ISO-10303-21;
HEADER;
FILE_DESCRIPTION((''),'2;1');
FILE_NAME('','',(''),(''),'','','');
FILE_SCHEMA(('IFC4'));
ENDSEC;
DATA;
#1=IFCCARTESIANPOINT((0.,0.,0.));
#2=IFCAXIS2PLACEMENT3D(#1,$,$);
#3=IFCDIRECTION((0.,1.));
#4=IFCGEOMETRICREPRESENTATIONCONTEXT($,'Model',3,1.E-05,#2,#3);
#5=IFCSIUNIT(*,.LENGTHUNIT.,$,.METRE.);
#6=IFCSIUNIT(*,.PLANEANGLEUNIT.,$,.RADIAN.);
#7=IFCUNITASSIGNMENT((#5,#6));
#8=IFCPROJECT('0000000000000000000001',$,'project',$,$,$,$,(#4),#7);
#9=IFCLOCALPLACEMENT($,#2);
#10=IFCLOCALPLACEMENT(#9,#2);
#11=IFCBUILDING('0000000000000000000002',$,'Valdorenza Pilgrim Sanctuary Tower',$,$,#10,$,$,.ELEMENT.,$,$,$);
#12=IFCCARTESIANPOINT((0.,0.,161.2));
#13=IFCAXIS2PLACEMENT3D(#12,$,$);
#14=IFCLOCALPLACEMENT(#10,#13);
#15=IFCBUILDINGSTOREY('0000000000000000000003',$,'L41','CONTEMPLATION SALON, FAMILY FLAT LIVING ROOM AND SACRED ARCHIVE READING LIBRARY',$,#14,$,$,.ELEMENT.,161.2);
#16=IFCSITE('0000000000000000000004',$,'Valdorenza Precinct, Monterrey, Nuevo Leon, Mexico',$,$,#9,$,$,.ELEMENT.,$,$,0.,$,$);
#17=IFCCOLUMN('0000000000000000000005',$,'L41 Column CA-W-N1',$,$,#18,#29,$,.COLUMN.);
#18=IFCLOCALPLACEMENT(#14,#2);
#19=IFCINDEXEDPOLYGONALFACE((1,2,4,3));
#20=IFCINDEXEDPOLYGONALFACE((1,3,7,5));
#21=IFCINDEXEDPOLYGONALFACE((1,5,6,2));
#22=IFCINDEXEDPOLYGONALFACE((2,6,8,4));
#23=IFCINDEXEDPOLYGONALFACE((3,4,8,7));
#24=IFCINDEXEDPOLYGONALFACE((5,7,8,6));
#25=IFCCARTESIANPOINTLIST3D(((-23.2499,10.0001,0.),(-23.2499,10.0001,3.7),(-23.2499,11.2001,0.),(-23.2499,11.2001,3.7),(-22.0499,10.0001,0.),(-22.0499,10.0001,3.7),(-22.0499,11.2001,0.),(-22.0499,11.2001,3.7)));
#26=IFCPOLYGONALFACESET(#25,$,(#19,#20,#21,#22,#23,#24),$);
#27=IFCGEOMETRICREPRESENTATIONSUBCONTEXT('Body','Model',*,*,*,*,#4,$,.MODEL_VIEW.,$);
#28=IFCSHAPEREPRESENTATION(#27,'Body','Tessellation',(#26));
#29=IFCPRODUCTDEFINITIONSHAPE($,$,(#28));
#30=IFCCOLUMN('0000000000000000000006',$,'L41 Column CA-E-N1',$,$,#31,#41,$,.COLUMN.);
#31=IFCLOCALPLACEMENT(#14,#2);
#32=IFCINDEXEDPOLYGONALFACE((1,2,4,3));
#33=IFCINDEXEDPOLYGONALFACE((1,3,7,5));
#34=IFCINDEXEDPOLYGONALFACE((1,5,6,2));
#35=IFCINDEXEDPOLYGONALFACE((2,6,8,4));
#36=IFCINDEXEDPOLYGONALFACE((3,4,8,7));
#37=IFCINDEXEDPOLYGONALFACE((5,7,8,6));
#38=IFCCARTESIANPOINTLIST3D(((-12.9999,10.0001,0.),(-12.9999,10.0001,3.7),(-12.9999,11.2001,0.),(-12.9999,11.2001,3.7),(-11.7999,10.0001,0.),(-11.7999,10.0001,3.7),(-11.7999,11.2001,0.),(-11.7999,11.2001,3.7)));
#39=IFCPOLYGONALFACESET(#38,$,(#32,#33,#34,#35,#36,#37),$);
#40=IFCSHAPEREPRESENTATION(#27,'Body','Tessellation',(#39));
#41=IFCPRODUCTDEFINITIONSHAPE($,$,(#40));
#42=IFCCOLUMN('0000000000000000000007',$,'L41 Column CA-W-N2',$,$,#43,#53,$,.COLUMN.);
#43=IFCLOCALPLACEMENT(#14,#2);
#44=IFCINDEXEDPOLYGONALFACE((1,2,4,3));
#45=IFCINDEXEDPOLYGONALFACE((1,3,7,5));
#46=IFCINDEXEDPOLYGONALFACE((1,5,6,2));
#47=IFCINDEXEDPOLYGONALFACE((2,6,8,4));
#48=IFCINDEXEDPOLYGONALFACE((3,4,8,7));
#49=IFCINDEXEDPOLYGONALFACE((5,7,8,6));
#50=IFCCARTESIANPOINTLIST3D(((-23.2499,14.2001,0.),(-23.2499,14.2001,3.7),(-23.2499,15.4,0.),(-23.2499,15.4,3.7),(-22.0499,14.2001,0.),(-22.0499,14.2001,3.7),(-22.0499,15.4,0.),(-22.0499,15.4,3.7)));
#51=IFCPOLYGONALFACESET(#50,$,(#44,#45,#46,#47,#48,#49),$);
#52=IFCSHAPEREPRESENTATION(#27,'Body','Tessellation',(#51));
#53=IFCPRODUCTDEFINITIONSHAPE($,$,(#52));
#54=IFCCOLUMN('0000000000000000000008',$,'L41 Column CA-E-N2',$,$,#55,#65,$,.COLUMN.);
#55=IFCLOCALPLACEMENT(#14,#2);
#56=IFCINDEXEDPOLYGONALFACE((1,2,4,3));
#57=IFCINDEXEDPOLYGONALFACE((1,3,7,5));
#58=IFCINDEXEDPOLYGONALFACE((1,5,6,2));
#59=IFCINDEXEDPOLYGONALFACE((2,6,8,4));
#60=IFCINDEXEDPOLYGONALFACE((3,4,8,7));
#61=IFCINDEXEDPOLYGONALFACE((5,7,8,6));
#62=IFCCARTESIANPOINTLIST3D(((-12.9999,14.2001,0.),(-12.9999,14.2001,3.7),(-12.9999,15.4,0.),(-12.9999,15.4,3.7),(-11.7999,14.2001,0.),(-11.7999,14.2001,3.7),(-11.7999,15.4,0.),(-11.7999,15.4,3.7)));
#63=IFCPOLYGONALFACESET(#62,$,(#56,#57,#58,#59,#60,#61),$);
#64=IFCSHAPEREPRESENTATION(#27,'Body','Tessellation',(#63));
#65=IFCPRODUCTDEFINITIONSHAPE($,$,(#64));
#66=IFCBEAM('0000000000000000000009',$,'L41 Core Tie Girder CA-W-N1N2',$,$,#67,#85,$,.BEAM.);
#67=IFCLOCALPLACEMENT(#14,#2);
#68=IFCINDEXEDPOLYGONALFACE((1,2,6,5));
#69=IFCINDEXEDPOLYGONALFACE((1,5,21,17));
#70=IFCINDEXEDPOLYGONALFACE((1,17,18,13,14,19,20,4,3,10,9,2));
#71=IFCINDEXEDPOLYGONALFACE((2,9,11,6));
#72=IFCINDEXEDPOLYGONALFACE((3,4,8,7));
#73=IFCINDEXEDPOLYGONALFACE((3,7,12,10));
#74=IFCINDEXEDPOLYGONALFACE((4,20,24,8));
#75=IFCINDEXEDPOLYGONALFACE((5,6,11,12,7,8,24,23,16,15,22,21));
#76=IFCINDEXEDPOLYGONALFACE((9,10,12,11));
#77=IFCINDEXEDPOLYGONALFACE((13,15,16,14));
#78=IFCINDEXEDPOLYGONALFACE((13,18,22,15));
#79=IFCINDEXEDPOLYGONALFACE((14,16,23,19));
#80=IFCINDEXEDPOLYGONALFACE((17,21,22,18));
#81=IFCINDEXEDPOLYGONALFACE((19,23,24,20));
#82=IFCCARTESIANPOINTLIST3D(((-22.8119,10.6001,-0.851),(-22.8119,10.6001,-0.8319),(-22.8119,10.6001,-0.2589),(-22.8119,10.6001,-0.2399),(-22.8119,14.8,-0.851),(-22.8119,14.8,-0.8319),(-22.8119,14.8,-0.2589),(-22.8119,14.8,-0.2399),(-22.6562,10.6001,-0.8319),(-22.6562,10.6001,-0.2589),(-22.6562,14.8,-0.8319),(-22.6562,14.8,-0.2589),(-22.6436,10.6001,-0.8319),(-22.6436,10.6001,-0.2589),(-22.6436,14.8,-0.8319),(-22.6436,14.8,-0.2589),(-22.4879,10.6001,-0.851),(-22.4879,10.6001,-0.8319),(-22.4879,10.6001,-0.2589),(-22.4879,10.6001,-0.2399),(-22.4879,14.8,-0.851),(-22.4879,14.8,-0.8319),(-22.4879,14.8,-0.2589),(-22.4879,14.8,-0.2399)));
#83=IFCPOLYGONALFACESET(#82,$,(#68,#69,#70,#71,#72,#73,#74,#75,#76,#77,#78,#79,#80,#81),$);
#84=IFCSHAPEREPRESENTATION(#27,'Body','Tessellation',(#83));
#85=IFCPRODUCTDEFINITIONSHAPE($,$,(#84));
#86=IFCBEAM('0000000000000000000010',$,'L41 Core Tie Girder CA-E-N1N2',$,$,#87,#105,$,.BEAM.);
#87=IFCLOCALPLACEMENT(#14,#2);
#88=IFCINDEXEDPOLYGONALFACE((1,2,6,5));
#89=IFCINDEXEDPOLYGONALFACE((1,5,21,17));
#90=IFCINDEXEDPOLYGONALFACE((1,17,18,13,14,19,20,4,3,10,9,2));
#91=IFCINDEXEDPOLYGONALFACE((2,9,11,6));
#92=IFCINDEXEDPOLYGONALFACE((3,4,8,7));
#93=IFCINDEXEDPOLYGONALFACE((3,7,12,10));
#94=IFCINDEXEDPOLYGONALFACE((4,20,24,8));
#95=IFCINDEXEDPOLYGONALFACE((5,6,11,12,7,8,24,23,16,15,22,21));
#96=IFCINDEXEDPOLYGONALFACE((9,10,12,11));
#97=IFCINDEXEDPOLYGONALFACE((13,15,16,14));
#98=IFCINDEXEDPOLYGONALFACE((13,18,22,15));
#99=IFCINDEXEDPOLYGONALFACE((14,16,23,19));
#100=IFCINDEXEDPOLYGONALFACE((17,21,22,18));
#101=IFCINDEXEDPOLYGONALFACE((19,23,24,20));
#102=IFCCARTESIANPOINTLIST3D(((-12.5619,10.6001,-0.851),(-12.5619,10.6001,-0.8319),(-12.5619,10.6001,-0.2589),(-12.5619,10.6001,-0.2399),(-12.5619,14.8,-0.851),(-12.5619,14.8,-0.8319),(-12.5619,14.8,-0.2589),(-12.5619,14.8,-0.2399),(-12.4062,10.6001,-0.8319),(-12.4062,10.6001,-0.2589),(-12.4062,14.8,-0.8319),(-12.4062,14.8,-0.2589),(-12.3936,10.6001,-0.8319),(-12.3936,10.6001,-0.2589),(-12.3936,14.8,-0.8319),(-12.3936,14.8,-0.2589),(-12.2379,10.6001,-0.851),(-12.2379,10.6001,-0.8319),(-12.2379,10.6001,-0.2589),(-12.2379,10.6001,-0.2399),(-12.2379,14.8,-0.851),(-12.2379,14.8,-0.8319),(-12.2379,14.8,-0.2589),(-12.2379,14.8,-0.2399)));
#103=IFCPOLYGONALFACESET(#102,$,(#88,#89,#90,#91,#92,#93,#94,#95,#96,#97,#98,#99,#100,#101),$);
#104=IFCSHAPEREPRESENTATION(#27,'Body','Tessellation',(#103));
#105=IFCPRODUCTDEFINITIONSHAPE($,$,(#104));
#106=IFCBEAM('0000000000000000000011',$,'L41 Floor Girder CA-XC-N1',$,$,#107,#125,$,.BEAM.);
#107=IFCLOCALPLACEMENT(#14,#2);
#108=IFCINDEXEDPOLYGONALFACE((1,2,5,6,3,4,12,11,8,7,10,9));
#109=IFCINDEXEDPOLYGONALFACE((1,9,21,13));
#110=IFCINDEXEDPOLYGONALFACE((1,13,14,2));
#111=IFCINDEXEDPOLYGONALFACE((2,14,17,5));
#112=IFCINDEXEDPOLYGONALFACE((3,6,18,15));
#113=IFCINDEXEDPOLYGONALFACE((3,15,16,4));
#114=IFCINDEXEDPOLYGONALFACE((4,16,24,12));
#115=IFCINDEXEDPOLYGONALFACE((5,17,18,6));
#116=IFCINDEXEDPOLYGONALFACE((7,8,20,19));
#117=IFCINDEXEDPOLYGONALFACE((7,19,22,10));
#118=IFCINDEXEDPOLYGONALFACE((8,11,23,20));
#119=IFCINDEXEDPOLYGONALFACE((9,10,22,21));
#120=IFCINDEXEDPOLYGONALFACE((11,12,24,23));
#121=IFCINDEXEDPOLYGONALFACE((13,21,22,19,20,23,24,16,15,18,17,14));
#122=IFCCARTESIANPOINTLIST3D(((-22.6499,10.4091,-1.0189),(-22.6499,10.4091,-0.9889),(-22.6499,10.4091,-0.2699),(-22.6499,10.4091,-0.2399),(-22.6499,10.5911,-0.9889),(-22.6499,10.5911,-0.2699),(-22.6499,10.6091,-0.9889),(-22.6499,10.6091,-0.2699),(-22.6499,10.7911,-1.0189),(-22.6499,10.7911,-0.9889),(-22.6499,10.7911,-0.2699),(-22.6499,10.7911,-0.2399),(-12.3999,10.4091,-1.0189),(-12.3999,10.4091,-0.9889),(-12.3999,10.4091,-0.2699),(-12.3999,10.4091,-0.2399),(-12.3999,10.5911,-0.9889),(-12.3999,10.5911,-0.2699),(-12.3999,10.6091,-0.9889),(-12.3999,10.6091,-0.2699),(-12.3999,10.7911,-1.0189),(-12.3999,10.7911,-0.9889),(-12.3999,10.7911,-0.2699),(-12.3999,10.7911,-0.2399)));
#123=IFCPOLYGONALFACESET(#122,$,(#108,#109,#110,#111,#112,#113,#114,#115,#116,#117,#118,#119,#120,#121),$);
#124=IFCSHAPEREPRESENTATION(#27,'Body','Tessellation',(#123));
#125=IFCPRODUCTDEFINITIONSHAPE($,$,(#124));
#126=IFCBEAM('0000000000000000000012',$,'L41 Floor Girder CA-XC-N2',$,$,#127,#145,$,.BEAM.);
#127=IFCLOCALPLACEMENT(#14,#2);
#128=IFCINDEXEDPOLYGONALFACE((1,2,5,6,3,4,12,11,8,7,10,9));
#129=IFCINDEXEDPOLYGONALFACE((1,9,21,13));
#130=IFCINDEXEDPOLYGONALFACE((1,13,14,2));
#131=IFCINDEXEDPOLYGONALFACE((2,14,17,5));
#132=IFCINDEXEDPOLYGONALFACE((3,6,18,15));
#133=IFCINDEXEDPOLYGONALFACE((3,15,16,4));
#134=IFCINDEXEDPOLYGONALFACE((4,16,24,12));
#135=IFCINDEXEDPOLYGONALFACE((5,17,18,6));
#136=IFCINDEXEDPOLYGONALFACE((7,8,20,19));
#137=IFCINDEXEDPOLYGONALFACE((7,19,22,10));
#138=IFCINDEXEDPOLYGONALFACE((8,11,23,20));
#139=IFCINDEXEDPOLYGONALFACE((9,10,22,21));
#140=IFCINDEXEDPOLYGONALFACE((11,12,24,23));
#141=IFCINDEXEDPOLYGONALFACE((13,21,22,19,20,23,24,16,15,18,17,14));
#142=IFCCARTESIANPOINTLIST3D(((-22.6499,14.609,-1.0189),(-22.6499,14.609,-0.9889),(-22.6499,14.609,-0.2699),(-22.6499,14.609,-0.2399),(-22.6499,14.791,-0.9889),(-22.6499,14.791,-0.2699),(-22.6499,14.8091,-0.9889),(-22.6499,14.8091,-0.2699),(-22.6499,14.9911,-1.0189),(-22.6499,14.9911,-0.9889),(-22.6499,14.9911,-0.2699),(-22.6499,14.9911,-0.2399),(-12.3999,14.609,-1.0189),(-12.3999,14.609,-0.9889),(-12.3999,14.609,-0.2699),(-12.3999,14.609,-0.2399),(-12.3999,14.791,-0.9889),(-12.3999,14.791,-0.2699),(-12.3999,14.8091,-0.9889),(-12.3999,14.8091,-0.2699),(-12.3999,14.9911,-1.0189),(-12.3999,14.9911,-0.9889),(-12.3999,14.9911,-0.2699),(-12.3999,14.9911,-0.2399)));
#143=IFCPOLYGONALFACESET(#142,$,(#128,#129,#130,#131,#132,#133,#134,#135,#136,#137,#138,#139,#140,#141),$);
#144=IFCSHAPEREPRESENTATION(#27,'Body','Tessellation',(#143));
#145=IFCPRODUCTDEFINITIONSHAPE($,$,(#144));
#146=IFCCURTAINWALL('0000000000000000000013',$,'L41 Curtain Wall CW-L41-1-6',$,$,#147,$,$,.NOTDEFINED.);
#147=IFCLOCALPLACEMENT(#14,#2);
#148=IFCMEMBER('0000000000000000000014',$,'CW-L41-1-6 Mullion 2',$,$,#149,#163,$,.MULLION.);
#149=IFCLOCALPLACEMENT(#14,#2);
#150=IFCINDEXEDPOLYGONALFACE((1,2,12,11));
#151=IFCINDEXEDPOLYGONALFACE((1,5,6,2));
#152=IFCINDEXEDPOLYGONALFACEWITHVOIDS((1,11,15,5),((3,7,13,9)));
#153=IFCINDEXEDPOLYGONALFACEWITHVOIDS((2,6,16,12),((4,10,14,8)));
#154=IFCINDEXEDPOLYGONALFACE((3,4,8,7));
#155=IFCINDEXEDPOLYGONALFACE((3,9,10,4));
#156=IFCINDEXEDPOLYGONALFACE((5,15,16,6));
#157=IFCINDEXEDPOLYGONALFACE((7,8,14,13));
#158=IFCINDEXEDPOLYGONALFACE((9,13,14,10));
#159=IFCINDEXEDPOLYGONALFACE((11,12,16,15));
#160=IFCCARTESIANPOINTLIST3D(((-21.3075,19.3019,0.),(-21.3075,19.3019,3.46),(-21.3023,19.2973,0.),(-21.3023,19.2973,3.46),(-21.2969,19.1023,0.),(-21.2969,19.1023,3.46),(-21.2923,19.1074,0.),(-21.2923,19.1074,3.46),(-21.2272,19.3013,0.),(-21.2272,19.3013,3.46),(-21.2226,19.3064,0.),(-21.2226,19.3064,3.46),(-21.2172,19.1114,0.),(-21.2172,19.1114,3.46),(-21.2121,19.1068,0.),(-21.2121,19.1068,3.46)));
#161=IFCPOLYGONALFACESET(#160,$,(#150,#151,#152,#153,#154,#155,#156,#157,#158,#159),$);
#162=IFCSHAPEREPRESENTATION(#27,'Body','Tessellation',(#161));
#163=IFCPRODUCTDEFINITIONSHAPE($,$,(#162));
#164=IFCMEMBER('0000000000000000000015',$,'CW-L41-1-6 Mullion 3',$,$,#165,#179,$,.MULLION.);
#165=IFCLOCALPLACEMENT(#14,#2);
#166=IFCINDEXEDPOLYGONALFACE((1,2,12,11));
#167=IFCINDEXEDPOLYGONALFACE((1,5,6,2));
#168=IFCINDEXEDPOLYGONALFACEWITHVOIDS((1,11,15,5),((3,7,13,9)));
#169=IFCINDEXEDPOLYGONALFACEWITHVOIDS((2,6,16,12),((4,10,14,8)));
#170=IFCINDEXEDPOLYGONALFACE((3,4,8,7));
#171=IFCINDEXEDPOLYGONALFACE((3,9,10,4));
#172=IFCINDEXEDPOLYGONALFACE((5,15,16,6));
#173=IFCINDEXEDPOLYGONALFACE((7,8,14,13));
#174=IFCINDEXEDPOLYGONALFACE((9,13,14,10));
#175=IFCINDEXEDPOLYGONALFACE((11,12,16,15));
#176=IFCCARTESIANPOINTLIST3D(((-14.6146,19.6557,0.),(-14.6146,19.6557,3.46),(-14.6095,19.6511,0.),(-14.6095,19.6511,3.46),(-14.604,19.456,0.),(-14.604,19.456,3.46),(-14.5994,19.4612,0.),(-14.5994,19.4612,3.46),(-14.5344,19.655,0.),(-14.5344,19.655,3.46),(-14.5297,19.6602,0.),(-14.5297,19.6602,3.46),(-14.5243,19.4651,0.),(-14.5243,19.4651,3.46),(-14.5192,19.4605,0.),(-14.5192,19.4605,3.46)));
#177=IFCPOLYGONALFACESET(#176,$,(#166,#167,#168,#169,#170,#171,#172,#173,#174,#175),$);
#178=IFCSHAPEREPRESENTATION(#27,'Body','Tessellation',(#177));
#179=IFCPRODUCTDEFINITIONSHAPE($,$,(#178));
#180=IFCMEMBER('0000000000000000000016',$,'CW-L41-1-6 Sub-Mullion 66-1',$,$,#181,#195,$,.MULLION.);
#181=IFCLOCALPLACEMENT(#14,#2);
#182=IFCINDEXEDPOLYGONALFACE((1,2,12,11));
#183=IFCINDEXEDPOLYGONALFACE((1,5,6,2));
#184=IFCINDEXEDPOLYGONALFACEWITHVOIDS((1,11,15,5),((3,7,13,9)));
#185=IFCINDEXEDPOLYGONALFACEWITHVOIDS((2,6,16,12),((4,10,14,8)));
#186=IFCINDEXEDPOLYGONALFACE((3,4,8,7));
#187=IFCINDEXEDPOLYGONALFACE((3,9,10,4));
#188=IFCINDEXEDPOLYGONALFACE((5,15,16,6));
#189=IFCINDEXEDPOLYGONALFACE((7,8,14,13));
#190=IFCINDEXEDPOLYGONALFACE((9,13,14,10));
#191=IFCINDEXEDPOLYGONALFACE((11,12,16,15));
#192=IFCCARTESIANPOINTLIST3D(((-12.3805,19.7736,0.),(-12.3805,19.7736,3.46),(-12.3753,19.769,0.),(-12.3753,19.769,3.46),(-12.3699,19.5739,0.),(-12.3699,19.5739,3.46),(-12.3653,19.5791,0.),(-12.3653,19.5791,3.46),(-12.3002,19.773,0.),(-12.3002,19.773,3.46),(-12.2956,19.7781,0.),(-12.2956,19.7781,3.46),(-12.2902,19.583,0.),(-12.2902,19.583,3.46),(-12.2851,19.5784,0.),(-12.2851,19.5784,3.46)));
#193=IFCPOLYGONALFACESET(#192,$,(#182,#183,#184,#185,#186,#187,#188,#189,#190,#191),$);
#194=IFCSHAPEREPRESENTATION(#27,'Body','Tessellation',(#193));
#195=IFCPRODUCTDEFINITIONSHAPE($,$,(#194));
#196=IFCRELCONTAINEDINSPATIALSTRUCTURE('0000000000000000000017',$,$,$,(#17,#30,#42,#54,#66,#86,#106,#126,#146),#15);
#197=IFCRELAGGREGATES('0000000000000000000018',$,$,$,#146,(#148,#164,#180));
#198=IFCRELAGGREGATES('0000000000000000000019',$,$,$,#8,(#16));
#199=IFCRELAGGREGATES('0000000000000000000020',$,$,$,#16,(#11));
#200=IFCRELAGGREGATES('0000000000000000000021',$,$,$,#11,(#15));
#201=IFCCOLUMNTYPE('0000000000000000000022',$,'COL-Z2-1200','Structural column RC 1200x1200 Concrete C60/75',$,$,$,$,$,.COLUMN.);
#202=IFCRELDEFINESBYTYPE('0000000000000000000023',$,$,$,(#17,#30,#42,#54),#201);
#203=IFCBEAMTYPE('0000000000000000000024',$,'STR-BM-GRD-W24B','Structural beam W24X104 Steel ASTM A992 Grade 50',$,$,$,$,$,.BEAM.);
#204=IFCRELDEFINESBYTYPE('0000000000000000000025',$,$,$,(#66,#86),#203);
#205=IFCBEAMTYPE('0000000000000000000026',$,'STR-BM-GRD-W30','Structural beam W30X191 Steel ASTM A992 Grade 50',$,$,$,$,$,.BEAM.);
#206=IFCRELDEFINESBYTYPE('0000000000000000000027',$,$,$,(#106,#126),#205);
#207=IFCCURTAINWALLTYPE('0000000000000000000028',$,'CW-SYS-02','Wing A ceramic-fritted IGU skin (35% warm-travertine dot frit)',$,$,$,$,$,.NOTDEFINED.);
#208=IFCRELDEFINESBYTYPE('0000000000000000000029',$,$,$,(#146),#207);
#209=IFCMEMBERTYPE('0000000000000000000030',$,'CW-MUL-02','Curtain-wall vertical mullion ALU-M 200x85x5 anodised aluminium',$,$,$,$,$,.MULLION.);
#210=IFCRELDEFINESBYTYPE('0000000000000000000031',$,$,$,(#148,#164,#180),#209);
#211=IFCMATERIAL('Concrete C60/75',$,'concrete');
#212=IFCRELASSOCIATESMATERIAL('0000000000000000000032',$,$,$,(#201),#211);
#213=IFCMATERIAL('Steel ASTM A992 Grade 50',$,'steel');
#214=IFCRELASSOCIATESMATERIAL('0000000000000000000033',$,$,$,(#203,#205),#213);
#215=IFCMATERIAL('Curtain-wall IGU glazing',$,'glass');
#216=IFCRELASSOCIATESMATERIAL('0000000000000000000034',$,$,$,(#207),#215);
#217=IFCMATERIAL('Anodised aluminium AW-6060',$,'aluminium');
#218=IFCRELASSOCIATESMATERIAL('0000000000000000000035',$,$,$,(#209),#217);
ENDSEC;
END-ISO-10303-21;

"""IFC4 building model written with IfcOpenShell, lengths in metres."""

from ifc_helpers import new_model, si_unit, direction, frame, origin, origin_2d, place, context, subcontext, project, spatial, rectangle, hollow_rectangle, i_section, extrude, source, transform, mapped, material, material_profile, profile_set, type_object, element, aggregate, save


model = new_model("IFC4")

# Units and contexts
model_context = context("Model", 3, precision=1e-05, world=origin(), true_north=direction((0.0, 1.0)))
body_context = subcontext(model_context, "Body", "Model", "MODEL_VIEW")
ifc_project = project(units=[si_unit("LENGTHUNIT", "METRE"), si_unit("PLANEANGLEUNIT", "RADIAN")], contexts=[model_context])

# Site, building, storey
site_placement = place(None, origin())
site = spatial("IfcSite", under=ifc_project, at=site_placement, Name="Valdorenza Precinct, Monterrey, Nuevo Leon, Mexico", CompositionType="ELEMENT", RefElevation=0.0)
building_placement = place(site_placement, origin())
building = spatial("IfcBuilding", under=site, at=building_placement, Name="Valdorenza Pilgrim Sanctuary Tower", CompositionType="ELEMENT")
storey_placement = place(building_placement, frame((0.0, 0.0, 161.2)))
storey = spatial("IfcBuildingStorey", under=building, at=storey_placement, Name="L41", Description="CONTEMPLATION SALON, FAMILY FLAT LIVING ROOM AND SACRED ARCHIVE READING LIBRARY", CompositionType="ELEMENT", Elevation=161.2)

# Columns
ifc_material_1 = material(Name="Concrete C60/75", Category="concrete")
ifc_material_profile_1 = material_profile(ifc_material_1, rectangle(XDim=1.2, YDim=1.2, at=origin_2d()), Name="RC 1200x1200")
ifc_profile_set_1 = profile_set([ifc_material_profile_1], Name="Concrete C60/75")
column_type = type_object("IfcColumnType", Name="COL-Z2-1200", Description="Structural column RC 1200x1200 Concrete C60/75", PredefinedType="COLUMN", material=ifc_profile_set_1)
shared_shape_1 = source(origin(), body_context, "Body", "SweptSolid", [
    extrude(rectangle(XDim=1.2, YDim=1.2, at=origin_2d()), origin(), (0.0, 0.0, 1.0), 3.7),
])
for number, where, z_axis, x_axis, name in (
    (1, (-22.6499, 10.6001, 0.0), (0.0, 0.0, 1.0), (1.0, 0.0, 0.0), "L41 Column CA-W-N1"),
    (2, (-12.3999, 10.6001, 0.0), (0.0, 0.0, 1.0), (1.0, 0.0, 0.0), "L41 Column CA-E-N1"),
    (3, (-22.6499, 14.8, 0.0), (0.0, 0.0, 1.0), (1.0, 0.0, 0.0), "L41 Column CA-W-N2"),
    (4, (-12.3999, 14.8, 0.0), (0.0, 0.0, 1.0), (1.0, 0.0, 0.0), "L41 Column CA-E-N2"),
):
    element("IfcColumn", number, at=place(storey_placement, frame(where, z_axis=z_axis, x_axis=x_axis)), inside=storey, type_object=column_type, Name=name, PredefinedType="COLUMN", context=body_context, shape_type="MappedRepresentation", body=[
        mapped(shared_shape_1, transform((0.0, 0.0, 0.0), x_axis=(1.0, 0.0, 0.0), y_axis=(0.0, 1.0, 0.0), z_axis=(0.0, 0.0, 1.0), scale=1.0)),
    ])

# Beams
ifc_material_2 = material(Name="Steel ASTM A992 Grade 50", Category="steel")
ifc_material_profile_2 = material_profile(ifc_material_2, i_section(OverallWidth=0.324, OverallDepth=0.6111, WebThickness=0.0127, FlangeThickness=0.019, at=origin_2d()), Name="W24X104")
ifc_profile_set_2 = profile_set([ifc_material_profile_2], Name="Steel ASTM A992 Grade 50")
beam_type_1 = type_object("IfcBeamType", Name="STR-BM-GRD-W24B", Description="Structural beam W24X104 Steel ASTM A992 Grade 50", PredefinedType="BEAM", material=ifc_profile_set_2)
shared_shape_2 = source(origin(), body_context, "Body", "SweptSolid", [
    extrude(i_section(OverallWidth=0.324, OverallDepth=0.6111, WebThickness=0.0127, FlangeThickness=0.019, at=origin_2d()), origin(), (0.0, 0.0, 1.0), 4.2),
])
for number, where, z_axis, x_axis, name in (
    (5, (-22.6499, 10.6001, -0.5454), (0.0, 1.0, 0.0), (-1.0, 0.0, 0.0), "L41 Core Tie Girder CA-W-N1N2"),
    (6, (-12.3999, 10.6001, -0.5454), (0.0, 1.0, 0.0), (-1.0, 0.0, 0.0), "L41 Core Tie Girder CA-E-N1N2"),
):
    element("IfcBeam", number, at=place(storey_placement, frame(where, z_axis=z_axis, x_axis=x_axis)), inside=storey, type_object=beam_type_1, Name=name, PredefinedType="BEAM", context=body_context, shape_type="MappedRepresentation", body=[
        mapped(shared_shape_2, transform((0.0, 0.0, 0.0), x_axis=(1.0, 0.0, 0.0), y_axis=(0.0, 1.0, 0.0), z_axis=(0.0, 0.0, 1.0), scale=1.0)),
    ])
ifc_material_profile_3 = material_profile(ifc_material_2, i_section(OverallWidth=0.3821, OverallDepth=0.7791, WebThickness=0.0181, FlangeThickness=0.03, at=origin_2d()), Name="W30X191")
ifc_profile_set_3 = profile_set([ifc_material_profile_3], Name="Steel ASTM A992 Grade 50")
beam_type_2 = type_object("IfcBeamType", Name="STR-BM-GRD-W30", Description="Structural beam W30X191 Steel ASTM A992 Grade 50", PredefinedType="BEAM", material=ifc_profile_set_3)
shared_shape_3 = source(origin(), body_context, "Body", "SweptSolid", [
    extrude(i_section(OverallWidth=0.3821, OverallDepth=0.7791, WebThickness=0.0181, FlangeThickness=0.03, at=origin_2d()), origin(), (0.0, 0.0, 1.0), 10.25),
])
for number, where, z_axis, x_axis, name in (
    (7, (-22.6499, 10.6001, -0.6294), (1.0, 0.0, 0.0), (0.0, 1.0, 0.0), "L41 Floor Girder CA-XC-N1"),
    (8, (-22.6499, 14.8, -0.6294), (1.0, 0.0, 0.0), (0.0, 1.0, 0.0), "L41 Floor Girder CA-XC-N2"),
):
    element("IfcBeam", number, at=place(storey_placement, frame(where, z_axis=z_axis, x_axis=x_axis)), inside=storey, type_object=beam_type_2, Name=name, PredefinedType="BEAM", context=body_context, shape_type="MappedRepresentation", body=[
        mapped(shared_shape_3, transform((0.0, 0.0, 0.0), x_axis=(1.0, 0.0, 0.0), y_axis=(0.0, 1.0, 0.0), z_axis=(0.0, 0.0, 1.0), scale=1.0)),
    ])

# Curtain wall, members
ifc_material_3 = material(Name="Curtain-wall IGU glazing", Category="glass")
curtain_wall_type = type_object("IfcCurtainWallType", Name="CW-SYS-02", Description="Wing A ceramic-fritted IGU skin (35% warm-travertine dot frit)", PredefinedType="NOTDEFINED", material=ifc_material_3)
curtain_wall_placement = place(storey_placement, origin())
curtain_wall = element("IfcCurtainWall", 9, at=curtain_wall_placement, inside=storey, type_object=curtain_wall_type, Name="L41 Curtain Wall CW-L41-1-6", PredefinedType="NOTDEFINED")
ifc_material_4 = material(Name="Anodised aluminium AW-6060", Category="aluminium")
ifc_material_profile_4 = material_profile(ifc_material_4, hollow_rectangle(XDim=0.085, YDim=0.2, WallThickness=0.0049, at=origin_2d()), Name="ALU-M 200x85x5")
ifc_profile_set_4 = profile_set([ifc_material_profile_4], Name="Anodised aluminium AW-6060")
member_type = type_object("IfcMemberType", Name="CW-MUL-02", Description="Curtain-wall vertical mullion ALU-M 200x85x5 anodised aluminium", PredefinedType="MULLION", material=ifc_profile_set_4)
shared_shape_4 = source(origin(), body_context, "Body", "SweptSolid", [
    extrude(hollow_rectangle(XDim=0.085, YDim=0.2, WallThickness=0.0049, at=origin_2d()), origin(), (0.0, 0.0, 1.0), 3.46),
])
member_1_placement = place(storey_placement, frame((-21.2598, 19.2043, 0.0), z_axis=(0.0, 0.0, 1.0), x_axis=(0.998608, 0.052754, 0.0)))
member_1 = element("IfcMember", 10, at=member_1_placement, type_object=member_type, Name="CW-L41-1-6 Mullion 2", PredefinedType="MULLION", context=body_context, shape_type="MappedRepresentation", body=[
    mapped(shared_shape_4, transform((0.0, 0.0, 0.0), x_axis=(1.0, 0.0, 0.0), y_axis=(0.0, 1.0, 0.0), z_axis=(0.0, 0.0, 1.0), scale=1.0)),
])
member_2_placement = place(storey_placement, frame((-14.5669, 19.5581, 0.0), z_axis=(0.0, 0.0, 1.0), x_axis=(0.998608, 0.052754, 0.0)))
member_2 = element("IfcMember", 11, at=member_2_placement, type_object=member_type, Name="CW-L41-1-6 Mullion 3", PredefinedType="MULLION", context=body_context, shape_type="MappedRepresentation", body=[
    mapped(shared_shape_4, transform((0.0, 0.0, 0.0), x_axis=(1.0, 0.0, 0.0), y_axis=(0.0, 1.0, 0.0), z_axis=(0.0, 0.0, 1.0), scale=1.0)),
])
member_3_placement = place(storey_placement, frame((-12.3328, 19.676, 0.0), z_axis=(0.0, 0.0, 1.0), x_axis=(0.998608, 0.052754, 0.0)))
member_3 = element("IfcMember", 12, at=member_3_placement, type_object=member_type, Name="CW-L41-1-6 Sub-Mullion 66-1", PredefinedType="MULLION", context=body_context, shape_type="MappedRepresentation", body=[
    mapped(shared_shape_4, transform((0.0, 0.0, 0.0), x_axis=(1.0, 0.0, 0.0), y_axis=(0.0, 1.0, 0.0), z_axis=(0.0, 0.0, 1.0), scale=1.0)),
])
aggregate(curtain_wall, [member_1, member_2, member_3])

save(model, "model.ifc")
